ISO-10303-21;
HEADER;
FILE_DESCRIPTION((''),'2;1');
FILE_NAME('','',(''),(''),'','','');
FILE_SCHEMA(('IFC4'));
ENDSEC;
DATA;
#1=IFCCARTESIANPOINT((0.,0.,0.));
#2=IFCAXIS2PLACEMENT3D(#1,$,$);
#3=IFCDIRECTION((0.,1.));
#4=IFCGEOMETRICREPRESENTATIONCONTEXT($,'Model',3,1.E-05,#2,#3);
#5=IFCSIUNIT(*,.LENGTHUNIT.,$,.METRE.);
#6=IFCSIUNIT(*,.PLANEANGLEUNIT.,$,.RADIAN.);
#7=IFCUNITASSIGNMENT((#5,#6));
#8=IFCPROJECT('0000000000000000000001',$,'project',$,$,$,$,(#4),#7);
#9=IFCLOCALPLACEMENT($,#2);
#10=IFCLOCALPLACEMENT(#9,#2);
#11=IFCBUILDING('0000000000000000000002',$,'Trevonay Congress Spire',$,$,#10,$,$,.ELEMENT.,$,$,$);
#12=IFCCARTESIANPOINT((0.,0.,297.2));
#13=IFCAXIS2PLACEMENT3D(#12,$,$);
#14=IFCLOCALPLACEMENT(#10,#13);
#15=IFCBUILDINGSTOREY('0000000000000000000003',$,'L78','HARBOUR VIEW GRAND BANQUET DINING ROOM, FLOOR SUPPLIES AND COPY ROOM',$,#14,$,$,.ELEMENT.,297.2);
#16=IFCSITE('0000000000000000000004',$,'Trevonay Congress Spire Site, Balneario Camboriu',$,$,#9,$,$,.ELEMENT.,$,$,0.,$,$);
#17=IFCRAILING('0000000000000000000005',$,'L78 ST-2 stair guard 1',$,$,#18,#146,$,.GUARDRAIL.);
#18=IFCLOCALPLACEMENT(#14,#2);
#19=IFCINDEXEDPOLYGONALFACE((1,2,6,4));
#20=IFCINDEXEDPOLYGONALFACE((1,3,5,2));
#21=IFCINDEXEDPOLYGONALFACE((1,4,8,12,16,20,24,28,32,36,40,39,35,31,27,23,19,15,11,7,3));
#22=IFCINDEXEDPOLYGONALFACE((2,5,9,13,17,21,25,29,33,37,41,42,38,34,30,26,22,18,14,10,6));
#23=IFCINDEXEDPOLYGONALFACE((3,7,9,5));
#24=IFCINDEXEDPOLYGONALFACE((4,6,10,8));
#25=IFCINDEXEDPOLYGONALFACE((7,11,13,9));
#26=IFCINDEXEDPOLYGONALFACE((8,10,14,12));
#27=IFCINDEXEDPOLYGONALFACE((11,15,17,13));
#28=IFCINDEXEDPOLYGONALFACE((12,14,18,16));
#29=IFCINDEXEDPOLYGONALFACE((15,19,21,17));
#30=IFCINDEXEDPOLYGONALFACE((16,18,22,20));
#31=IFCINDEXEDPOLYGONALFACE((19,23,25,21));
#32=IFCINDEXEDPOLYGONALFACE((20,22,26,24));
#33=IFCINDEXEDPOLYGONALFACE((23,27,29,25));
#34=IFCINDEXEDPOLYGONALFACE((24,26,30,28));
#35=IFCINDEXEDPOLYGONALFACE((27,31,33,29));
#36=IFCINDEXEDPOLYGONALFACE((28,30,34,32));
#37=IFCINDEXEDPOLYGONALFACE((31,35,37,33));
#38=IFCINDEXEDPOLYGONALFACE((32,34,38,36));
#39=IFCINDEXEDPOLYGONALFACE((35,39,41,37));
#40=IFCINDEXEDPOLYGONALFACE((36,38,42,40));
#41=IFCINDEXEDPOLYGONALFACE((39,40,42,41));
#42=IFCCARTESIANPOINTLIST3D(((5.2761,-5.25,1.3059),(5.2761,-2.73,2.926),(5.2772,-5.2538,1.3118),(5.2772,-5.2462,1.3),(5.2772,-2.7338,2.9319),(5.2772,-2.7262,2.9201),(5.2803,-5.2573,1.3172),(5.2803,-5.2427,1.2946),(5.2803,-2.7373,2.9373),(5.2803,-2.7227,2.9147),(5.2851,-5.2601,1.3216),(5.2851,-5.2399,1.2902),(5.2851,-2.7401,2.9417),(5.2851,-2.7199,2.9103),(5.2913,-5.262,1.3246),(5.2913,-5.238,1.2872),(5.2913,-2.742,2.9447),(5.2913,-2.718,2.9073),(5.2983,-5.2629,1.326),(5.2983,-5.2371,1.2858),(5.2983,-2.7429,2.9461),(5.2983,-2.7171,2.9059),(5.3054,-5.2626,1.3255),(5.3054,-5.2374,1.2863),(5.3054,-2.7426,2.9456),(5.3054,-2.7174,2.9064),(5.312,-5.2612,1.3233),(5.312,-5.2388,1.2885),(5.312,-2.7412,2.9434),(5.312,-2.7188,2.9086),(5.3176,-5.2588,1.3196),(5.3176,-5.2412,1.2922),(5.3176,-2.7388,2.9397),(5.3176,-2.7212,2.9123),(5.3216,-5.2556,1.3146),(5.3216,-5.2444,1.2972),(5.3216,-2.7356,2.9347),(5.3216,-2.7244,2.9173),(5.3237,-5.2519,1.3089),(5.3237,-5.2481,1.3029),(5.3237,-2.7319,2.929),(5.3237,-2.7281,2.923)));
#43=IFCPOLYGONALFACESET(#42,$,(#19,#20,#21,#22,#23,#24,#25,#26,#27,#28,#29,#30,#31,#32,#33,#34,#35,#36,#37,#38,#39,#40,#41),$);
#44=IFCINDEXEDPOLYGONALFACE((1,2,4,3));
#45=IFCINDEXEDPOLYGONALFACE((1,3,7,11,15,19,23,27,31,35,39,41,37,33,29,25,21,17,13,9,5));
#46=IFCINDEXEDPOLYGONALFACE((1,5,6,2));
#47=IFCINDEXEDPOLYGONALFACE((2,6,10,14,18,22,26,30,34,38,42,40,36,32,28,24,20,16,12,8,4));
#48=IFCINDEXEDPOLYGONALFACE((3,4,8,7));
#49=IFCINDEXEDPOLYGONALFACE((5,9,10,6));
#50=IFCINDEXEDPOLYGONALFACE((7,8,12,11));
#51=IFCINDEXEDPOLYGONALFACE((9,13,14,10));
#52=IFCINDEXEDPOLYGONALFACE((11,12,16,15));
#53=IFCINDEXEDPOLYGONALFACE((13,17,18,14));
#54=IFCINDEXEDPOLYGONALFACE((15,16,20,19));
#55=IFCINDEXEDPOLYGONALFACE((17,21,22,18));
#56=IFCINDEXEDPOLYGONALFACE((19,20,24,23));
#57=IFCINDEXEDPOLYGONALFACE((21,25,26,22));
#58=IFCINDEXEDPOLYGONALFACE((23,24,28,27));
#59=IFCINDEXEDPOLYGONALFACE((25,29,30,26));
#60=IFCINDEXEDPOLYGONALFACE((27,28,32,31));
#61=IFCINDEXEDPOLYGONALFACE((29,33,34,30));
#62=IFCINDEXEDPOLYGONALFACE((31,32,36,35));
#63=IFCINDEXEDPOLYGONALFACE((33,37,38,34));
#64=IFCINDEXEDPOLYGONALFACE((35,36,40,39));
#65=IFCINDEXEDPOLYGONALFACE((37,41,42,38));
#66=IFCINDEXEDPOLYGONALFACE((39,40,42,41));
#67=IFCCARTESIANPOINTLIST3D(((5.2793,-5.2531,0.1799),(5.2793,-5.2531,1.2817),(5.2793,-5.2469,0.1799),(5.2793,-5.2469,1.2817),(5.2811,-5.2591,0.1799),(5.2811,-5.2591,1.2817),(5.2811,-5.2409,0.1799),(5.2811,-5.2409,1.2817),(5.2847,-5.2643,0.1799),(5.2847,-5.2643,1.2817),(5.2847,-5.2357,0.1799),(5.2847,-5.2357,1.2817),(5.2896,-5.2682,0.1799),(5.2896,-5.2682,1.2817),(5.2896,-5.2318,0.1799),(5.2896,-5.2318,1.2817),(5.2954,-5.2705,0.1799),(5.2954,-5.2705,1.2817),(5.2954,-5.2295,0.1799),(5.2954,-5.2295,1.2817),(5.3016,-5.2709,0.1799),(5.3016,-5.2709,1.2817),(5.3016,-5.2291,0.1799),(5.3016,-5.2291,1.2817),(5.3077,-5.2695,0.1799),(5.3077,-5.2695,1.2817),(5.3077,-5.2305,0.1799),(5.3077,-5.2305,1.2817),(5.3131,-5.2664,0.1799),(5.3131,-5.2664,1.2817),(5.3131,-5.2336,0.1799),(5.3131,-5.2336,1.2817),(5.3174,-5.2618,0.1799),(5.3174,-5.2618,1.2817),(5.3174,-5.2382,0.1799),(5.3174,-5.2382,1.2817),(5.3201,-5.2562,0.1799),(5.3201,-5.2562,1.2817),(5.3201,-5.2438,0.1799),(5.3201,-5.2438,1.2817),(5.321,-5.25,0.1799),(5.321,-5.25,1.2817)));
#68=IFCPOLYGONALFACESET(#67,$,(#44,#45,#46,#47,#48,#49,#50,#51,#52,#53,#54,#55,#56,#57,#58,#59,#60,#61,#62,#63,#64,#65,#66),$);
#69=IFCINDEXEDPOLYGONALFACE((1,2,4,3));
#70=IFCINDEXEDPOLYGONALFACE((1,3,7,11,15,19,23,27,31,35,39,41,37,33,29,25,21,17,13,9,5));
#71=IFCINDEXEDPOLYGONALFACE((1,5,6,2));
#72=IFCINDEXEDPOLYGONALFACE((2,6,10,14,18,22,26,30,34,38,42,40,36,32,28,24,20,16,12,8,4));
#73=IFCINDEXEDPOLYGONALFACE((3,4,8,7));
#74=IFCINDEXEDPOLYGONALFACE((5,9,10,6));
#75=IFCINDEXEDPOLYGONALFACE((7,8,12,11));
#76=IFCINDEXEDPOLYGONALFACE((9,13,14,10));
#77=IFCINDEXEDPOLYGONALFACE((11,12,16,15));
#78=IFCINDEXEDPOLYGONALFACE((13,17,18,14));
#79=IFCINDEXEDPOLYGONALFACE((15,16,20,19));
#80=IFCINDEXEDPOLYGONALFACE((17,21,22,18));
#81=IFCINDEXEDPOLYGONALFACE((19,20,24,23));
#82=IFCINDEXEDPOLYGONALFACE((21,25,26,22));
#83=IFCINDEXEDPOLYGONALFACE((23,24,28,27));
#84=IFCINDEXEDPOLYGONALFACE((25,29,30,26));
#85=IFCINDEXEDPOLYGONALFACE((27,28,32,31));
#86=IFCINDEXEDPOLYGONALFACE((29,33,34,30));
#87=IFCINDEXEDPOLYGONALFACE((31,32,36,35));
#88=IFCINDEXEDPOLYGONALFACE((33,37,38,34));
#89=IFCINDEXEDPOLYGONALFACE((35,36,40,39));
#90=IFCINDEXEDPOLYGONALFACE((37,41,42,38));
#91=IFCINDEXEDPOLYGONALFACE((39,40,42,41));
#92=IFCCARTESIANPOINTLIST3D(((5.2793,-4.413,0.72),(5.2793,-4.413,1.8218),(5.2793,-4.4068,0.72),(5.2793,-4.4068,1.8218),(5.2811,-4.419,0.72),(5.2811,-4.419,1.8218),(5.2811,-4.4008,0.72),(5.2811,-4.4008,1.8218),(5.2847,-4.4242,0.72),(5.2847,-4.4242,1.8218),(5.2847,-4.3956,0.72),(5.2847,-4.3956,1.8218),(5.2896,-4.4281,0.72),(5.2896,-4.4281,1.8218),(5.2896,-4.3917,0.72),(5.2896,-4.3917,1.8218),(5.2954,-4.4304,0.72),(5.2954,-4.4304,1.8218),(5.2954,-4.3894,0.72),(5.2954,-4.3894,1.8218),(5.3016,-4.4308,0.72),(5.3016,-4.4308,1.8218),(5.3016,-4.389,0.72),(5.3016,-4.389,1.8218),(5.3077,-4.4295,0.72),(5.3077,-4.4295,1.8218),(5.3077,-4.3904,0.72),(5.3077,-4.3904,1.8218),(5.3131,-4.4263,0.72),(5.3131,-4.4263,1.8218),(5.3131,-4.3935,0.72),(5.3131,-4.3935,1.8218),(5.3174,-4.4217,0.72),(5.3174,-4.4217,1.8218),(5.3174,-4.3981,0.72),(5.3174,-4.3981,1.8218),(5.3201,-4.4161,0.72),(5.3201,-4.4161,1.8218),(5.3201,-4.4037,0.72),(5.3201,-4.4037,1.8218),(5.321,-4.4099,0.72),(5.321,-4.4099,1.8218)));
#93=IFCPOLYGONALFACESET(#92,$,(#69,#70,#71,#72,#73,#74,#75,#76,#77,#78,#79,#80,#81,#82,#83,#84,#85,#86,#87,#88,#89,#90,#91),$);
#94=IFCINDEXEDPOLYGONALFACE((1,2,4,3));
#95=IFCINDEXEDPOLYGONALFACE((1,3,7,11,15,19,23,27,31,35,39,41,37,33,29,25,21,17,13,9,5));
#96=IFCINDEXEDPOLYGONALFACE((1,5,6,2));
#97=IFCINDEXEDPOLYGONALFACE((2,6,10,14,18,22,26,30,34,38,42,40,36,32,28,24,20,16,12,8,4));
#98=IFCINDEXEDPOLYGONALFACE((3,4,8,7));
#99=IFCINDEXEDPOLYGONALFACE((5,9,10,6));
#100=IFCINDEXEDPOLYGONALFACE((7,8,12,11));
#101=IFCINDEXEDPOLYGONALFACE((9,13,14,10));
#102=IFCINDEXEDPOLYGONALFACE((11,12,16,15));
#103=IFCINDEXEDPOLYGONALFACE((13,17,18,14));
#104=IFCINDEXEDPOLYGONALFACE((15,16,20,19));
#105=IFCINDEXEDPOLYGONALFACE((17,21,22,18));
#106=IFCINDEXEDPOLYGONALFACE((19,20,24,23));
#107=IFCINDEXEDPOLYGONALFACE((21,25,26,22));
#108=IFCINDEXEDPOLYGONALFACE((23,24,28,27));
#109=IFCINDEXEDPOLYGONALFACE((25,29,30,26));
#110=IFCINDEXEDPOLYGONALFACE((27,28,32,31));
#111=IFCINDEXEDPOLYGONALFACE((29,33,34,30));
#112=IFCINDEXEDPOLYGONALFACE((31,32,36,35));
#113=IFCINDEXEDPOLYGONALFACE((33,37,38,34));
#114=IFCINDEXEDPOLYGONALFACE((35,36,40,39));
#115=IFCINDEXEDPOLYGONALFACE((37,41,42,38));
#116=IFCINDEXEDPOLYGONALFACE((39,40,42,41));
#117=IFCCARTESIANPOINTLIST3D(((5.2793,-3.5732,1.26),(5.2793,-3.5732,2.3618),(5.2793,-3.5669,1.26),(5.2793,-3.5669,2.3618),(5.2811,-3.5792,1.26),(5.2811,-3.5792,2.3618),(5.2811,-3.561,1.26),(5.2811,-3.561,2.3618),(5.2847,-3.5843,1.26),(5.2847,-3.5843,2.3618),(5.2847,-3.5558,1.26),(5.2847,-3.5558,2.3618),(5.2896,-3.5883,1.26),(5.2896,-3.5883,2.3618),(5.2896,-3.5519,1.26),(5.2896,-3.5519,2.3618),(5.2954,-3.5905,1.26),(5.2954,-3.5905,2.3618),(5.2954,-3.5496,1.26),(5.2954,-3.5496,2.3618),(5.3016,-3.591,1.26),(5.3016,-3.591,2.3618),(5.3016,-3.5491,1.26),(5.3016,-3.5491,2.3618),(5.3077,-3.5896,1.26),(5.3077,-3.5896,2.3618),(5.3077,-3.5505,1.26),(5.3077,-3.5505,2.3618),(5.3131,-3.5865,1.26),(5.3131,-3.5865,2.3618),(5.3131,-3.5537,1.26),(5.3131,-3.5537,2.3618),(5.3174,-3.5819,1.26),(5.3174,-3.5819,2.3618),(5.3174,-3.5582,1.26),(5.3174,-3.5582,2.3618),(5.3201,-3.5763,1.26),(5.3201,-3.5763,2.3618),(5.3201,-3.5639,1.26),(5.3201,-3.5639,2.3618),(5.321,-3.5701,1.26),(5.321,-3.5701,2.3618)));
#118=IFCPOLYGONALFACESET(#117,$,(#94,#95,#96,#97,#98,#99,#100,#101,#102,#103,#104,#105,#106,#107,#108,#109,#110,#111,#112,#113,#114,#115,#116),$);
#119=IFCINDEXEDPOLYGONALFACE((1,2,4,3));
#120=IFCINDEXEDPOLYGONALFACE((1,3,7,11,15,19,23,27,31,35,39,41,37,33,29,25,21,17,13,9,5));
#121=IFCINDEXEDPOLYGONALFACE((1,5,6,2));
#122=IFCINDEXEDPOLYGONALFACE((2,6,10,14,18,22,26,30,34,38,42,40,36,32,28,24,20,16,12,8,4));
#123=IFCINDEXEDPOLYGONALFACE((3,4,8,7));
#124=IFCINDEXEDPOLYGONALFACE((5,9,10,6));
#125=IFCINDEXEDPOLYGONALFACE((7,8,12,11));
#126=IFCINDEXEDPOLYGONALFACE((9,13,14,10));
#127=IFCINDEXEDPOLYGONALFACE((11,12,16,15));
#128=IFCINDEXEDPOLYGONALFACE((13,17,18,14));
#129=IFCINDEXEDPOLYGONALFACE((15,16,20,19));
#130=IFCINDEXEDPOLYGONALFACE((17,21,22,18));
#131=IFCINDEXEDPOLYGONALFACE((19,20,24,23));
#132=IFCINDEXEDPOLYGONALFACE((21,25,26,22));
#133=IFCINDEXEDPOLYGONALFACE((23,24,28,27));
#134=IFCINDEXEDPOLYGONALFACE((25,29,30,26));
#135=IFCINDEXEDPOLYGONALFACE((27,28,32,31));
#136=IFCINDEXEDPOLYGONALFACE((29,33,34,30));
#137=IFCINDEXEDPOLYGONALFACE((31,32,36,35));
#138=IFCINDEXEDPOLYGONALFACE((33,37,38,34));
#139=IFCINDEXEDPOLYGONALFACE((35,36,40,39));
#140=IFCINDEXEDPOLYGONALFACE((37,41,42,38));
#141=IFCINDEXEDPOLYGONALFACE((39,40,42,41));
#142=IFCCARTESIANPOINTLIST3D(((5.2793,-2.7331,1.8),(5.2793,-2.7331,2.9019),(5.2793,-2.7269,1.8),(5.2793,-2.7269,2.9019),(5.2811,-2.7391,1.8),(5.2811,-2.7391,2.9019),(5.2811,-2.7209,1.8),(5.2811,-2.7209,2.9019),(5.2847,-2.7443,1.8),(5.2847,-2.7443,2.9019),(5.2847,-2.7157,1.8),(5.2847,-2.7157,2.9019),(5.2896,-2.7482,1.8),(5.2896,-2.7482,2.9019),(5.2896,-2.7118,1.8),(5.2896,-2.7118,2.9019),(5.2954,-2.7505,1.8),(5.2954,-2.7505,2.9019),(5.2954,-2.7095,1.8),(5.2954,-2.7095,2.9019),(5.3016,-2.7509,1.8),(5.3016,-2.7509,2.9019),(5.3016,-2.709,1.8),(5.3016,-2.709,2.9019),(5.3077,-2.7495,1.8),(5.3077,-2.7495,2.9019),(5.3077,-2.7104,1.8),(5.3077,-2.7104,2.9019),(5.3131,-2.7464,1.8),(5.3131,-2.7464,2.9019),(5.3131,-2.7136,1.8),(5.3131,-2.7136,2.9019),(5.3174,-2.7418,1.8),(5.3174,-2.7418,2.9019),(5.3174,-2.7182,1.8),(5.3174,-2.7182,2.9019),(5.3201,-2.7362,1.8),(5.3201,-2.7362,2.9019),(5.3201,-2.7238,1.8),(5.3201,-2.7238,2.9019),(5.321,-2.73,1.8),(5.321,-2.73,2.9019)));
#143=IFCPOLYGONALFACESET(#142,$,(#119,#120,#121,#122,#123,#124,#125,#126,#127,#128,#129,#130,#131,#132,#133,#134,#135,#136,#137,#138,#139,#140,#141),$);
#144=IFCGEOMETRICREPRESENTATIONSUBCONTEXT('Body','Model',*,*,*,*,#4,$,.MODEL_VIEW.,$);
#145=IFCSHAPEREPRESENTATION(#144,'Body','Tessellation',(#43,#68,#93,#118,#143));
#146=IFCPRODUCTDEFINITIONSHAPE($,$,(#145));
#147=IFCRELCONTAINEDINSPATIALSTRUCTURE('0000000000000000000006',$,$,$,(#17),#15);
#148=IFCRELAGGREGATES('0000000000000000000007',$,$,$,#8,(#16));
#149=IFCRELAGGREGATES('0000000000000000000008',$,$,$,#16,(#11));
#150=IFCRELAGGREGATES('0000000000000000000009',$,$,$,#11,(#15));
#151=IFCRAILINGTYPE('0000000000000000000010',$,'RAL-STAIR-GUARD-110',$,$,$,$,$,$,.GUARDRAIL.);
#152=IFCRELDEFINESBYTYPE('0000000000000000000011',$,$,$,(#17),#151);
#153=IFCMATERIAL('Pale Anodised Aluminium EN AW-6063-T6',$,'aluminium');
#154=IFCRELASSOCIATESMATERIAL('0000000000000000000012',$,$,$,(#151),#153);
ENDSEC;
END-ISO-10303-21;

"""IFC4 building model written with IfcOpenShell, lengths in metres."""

from ifc_helpers import new_model, si_unit, direction, frame, origin, origin_2d, place, context, subcontext, project, spatial, circle, extrude, material, type_object, element, save


model = new_model("IFC4")

# Units and contexts
model_context = context("Model", 3, precision=1e-05, world=origin(), true_north=direction((0.0, 1.0)))
body_context = subcontext(model_context, "Body", "Model", "MODEL_VIEW")
ifc_project = project(units=[si_unit("LENGTHUNIT", "METRE"), si_unit("PLANEANGLEUNIT", "RADIAN")], contexts=[model_context])

# Site, building, storey
site_placement = place(None, origin())
site = spatial("IfcSite", under=ifc_project, at=site_placement, Name="Trevonay Congress Spire Site, Balneario Camboriu", CompositionType="ELEMENT", RefElevation=0.0)
building_placement = place(site_placement, origin())
building = spatial("IfcBuilding", under=site, at=building_placement, Name="Trevonay Congress Spire", CompositionType="ELEMENT")
storey_placement = place(building_placement, frame((0.0, 0.0, 297.2)))
storey = spatial("IfcBuildingStorey", under=building, at=storey_placement, Name="L78", Description="HARBOUR VIEW GRAND BANQUET DINING ROOM, FLOOR SUPPLIES AND COPY ROOM", CompositionType="ELEMENT", Elevation=297.2)

# Shared definitions
ifc_material_1 = material(Name="Pale Anodised Aluminium EN AW-6063-T6", Category="aluminium")

# Railing
railing_type_1 = type_object("IfcRailingType", Name="RAL-STAIR-GUARD-110", PredefinedType="GUARDRAIL", material=ifc_material_1)
railing_1_placement = place(storey_placement, frame((5.3, -5.25, 0.1799)))
element("IfcRailing", 1, at=railing_1_placement, inside=storey, type_object=railing_type_1, Name="L78 ST-2 stair guard 1", PredefinedType="GUARDRAIL", context=body_context, shape_type="SweptSolid", body=[
    extrude(circle(Radius=0.0239, at=origin_2d()), frame((0.0, 0.0, 1.126), z_axis=(0.0, 0.841163, 0.540782), x_axis=(-1.0, 0.0, 0.0)), (0.0, 0.0, 1.0), 2.9958),
    extrude(circle(Radius=0.021, at=origin_2d()), origin(), (0.0, 0.0, 1.0), 1.1018),
    extrude(circle(Radius=0.021, at=origin_2d()), frame((0.0, 0.8401, 0.54)), (0.0, 0.0, 1.0), 1.1018),
    extrude(circle(Radius=0.021, at=origin_2d()), frame((0.0, 1.6799, 1.0801)), (0.0, 0.0, 1.0), 1.1018),
    extrude(circle(Radius=0.021, at=origin_2d()), frame((0.0, 2.52, 1.6201)), (0.0, 0.0, 1.0), 1.1018),
])

save(model, "model.ifc")
